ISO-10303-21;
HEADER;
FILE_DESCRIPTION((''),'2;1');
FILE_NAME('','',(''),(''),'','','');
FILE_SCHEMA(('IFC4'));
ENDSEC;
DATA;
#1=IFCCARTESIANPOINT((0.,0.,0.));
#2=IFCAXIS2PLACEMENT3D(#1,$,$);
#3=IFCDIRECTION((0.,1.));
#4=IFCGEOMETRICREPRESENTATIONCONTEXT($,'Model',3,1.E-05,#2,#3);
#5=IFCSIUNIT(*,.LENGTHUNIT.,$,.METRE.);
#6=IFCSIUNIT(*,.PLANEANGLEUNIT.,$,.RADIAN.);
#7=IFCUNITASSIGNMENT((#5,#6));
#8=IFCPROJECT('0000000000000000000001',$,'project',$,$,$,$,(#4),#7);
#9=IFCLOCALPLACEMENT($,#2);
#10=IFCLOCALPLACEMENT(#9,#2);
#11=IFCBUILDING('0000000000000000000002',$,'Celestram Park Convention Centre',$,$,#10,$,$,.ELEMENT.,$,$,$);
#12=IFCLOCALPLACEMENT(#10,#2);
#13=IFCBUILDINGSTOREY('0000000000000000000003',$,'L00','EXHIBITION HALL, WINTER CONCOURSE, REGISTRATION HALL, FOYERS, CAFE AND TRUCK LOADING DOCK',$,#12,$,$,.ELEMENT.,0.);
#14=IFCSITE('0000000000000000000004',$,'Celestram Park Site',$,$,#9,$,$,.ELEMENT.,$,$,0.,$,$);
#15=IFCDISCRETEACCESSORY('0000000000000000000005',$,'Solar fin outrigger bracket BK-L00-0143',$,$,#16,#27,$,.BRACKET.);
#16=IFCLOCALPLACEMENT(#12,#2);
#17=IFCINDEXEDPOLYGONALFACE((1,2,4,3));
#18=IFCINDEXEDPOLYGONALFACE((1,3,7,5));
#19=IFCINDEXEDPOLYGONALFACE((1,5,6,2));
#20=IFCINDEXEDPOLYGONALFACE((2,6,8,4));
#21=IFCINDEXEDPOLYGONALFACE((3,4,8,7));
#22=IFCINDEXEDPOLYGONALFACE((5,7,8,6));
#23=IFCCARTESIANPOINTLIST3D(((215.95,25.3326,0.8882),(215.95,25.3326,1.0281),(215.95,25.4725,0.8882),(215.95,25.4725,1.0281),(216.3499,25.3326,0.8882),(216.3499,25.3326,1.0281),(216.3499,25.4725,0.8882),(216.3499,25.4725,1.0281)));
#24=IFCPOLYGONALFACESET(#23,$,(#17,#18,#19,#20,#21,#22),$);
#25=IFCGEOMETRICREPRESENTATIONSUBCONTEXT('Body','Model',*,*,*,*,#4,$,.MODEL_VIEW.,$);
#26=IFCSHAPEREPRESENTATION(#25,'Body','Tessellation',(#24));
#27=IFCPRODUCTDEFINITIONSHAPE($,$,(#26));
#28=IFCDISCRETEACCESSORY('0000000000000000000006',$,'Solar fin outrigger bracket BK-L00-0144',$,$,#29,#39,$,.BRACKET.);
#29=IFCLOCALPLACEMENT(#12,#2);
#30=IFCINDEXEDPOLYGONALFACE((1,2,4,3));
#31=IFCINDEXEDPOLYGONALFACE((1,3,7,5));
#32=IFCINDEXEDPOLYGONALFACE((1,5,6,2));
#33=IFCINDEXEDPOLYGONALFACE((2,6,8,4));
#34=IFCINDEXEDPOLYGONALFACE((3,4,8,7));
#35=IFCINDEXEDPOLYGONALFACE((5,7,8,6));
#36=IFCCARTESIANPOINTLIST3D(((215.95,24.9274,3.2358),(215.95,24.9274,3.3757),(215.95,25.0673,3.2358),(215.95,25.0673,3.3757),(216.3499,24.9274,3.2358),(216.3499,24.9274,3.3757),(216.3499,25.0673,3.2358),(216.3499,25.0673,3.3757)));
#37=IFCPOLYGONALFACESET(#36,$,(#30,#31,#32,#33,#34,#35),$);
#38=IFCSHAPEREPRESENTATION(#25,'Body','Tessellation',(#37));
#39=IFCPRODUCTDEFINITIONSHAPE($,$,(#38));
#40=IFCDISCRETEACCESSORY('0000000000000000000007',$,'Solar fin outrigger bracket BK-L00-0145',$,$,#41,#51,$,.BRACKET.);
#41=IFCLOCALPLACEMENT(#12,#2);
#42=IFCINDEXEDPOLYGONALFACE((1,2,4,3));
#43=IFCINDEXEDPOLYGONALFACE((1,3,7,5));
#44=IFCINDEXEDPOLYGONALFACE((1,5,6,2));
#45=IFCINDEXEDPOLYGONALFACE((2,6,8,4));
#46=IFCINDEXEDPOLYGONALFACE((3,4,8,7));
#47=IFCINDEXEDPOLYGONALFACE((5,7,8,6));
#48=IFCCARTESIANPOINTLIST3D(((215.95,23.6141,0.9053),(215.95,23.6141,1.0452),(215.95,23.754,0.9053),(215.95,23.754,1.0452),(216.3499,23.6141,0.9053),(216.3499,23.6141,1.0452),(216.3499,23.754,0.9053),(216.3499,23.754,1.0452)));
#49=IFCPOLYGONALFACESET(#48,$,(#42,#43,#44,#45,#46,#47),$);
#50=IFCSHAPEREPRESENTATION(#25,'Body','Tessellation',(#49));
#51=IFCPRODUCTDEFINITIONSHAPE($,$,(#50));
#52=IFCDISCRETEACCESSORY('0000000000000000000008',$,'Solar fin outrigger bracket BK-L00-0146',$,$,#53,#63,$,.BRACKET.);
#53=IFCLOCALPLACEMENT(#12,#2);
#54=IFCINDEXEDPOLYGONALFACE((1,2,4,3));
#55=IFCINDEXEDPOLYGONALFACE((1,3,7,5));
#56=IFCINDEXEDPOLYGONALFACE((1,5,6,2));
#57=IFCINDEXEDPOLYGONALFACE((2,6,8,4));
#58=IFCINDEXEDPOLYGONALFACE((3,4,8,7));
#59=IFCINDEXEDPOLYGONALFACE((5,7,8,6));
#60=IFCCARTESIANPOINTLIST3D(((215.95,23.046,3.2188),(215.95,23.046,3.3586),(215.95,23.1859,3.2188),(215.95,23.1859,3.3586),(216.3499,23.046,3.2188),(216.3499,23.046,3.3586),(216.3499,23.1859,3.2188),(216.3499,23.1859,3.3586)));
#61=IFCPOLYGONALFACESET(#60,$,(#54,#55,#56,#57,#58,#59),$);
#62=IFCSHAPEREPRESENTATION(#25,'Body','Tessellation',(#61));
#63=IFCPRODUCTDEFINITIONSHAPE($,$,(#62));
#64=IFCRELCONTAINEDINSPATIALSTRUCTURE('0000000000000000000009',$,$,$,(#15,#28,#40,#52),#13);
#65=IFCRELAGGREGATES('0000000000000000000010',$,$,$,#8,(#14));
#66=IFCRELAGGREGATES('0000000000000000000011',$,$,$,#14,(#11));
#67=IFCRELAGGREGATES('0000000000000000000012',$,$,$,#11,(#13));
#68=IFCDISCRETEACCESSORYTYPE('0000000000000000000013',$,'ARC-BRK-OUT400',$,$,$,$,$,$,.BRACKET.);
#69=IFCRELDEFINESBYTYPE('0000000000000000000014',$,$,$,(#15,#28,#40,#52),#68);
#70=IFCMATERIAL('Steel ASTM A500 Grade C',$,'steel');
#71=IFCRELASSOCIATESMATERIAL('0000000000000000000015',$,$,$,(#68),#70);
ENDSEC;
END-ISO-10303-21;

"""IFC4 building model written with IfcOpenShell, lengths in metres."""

from ifc_helpers import new_model, si_unit, direction, frame, origin, origin_2d, place, context, subcontext, project, spatial, rectangle, extrude, material, type_object, element, save


model = new_model("IFC4")

# Units and contexts
model_context = context("Model", 3, precision=1e-05, world=origin(), true_north=direction((0.0, 1.0)))
body_context = subcontext(model_context, "Body", "Model", "MODEL_VIEW")
ifc_project = project(units=[si_unit("LENGTHUNIT", "METRE"), si_unit("PLANEANGLEUNIT", "RADIAN")], contexts=[model_context])

# Site, building, storey
site_placement = place(None, origin())
site = spatial("IfcSite", under=ifc_project, at=site_placement, Name="Celestram Park Site", CompositionType="ELEMENT", RefElevation=0.0)
building_placement = place(site_placement, origin())
building = spatial("IfcBuilding", under=site, at=building_placement, Name="Celestram Park Convention Centre", CompositionType="ELEMENT")
storey_placement = place(building_placement, origin())
storey = spatial("IfcBuildingStorey", under=building, at=storey_placement, Name="L00", Description="EXHIBITION HALL, WINTER CONCOURSE, REGISTRATION HALL, FOYERS, CAFE AND TRUCK LOADING DOCK", CompositionType="ELEMENT", Elevation=0.0)

# Shared definitions
ifc_material_1 = material(Name="Steel ASTM A500 Grade C", Category="steel")

# Discrete accessories
discrete_accessory_type = type_object("IfcDiscreteAccessoryType", Name="ARC-BRK-OUT400", PredefinedType="BRACKET", material=ifc_material_1)
for number, where, z_axis, x_axis, name in (
    (1, (216.1499, 25.4026, 0.8882), (0.0, 0.0, 1.0), (1.0, 0.0, 0.0), "Solar fin outrigger bracket BK-L00-0143"),
    (2, (216.1499, 24.9973, 3.2358), (0.0, 0.0, 1.0), (1.0, 0.0, 0.0), "Solar fin outrigger bracket BK-L00-0144"),
    (3, (216.1499, 23.6841, 0.9053), (0.0, 0.0, 1.0), (1.0, 0.0, 0.0), "Solar fin outrigger bracket BK-L00-0145"),
    (4, (216.1499, 23.116, 3.2188), (0.0, 0.0, 1.0), (1.0, 0.0, 0.0), "Solar fin outrigger bracket BK-L00-0146"),
):
    element("IfcDiscreteAccessory", number, at=place(storey_placement, frame(where, z_axis=z_axis, x_axis=x_axis)), inside=storey, type_object=discrete_accessory_type, Name=name, PredefinedType="BRACKET", context=body_context, shape_type="SweptSolid", body=[
        extrude(rectangle(XDim=0.3999, YDim=0.1399, at=origin_2d()), origin(), (0.0, 0.0, 1.0), 0.1399),
    ])

save(model, "model.ifc")
